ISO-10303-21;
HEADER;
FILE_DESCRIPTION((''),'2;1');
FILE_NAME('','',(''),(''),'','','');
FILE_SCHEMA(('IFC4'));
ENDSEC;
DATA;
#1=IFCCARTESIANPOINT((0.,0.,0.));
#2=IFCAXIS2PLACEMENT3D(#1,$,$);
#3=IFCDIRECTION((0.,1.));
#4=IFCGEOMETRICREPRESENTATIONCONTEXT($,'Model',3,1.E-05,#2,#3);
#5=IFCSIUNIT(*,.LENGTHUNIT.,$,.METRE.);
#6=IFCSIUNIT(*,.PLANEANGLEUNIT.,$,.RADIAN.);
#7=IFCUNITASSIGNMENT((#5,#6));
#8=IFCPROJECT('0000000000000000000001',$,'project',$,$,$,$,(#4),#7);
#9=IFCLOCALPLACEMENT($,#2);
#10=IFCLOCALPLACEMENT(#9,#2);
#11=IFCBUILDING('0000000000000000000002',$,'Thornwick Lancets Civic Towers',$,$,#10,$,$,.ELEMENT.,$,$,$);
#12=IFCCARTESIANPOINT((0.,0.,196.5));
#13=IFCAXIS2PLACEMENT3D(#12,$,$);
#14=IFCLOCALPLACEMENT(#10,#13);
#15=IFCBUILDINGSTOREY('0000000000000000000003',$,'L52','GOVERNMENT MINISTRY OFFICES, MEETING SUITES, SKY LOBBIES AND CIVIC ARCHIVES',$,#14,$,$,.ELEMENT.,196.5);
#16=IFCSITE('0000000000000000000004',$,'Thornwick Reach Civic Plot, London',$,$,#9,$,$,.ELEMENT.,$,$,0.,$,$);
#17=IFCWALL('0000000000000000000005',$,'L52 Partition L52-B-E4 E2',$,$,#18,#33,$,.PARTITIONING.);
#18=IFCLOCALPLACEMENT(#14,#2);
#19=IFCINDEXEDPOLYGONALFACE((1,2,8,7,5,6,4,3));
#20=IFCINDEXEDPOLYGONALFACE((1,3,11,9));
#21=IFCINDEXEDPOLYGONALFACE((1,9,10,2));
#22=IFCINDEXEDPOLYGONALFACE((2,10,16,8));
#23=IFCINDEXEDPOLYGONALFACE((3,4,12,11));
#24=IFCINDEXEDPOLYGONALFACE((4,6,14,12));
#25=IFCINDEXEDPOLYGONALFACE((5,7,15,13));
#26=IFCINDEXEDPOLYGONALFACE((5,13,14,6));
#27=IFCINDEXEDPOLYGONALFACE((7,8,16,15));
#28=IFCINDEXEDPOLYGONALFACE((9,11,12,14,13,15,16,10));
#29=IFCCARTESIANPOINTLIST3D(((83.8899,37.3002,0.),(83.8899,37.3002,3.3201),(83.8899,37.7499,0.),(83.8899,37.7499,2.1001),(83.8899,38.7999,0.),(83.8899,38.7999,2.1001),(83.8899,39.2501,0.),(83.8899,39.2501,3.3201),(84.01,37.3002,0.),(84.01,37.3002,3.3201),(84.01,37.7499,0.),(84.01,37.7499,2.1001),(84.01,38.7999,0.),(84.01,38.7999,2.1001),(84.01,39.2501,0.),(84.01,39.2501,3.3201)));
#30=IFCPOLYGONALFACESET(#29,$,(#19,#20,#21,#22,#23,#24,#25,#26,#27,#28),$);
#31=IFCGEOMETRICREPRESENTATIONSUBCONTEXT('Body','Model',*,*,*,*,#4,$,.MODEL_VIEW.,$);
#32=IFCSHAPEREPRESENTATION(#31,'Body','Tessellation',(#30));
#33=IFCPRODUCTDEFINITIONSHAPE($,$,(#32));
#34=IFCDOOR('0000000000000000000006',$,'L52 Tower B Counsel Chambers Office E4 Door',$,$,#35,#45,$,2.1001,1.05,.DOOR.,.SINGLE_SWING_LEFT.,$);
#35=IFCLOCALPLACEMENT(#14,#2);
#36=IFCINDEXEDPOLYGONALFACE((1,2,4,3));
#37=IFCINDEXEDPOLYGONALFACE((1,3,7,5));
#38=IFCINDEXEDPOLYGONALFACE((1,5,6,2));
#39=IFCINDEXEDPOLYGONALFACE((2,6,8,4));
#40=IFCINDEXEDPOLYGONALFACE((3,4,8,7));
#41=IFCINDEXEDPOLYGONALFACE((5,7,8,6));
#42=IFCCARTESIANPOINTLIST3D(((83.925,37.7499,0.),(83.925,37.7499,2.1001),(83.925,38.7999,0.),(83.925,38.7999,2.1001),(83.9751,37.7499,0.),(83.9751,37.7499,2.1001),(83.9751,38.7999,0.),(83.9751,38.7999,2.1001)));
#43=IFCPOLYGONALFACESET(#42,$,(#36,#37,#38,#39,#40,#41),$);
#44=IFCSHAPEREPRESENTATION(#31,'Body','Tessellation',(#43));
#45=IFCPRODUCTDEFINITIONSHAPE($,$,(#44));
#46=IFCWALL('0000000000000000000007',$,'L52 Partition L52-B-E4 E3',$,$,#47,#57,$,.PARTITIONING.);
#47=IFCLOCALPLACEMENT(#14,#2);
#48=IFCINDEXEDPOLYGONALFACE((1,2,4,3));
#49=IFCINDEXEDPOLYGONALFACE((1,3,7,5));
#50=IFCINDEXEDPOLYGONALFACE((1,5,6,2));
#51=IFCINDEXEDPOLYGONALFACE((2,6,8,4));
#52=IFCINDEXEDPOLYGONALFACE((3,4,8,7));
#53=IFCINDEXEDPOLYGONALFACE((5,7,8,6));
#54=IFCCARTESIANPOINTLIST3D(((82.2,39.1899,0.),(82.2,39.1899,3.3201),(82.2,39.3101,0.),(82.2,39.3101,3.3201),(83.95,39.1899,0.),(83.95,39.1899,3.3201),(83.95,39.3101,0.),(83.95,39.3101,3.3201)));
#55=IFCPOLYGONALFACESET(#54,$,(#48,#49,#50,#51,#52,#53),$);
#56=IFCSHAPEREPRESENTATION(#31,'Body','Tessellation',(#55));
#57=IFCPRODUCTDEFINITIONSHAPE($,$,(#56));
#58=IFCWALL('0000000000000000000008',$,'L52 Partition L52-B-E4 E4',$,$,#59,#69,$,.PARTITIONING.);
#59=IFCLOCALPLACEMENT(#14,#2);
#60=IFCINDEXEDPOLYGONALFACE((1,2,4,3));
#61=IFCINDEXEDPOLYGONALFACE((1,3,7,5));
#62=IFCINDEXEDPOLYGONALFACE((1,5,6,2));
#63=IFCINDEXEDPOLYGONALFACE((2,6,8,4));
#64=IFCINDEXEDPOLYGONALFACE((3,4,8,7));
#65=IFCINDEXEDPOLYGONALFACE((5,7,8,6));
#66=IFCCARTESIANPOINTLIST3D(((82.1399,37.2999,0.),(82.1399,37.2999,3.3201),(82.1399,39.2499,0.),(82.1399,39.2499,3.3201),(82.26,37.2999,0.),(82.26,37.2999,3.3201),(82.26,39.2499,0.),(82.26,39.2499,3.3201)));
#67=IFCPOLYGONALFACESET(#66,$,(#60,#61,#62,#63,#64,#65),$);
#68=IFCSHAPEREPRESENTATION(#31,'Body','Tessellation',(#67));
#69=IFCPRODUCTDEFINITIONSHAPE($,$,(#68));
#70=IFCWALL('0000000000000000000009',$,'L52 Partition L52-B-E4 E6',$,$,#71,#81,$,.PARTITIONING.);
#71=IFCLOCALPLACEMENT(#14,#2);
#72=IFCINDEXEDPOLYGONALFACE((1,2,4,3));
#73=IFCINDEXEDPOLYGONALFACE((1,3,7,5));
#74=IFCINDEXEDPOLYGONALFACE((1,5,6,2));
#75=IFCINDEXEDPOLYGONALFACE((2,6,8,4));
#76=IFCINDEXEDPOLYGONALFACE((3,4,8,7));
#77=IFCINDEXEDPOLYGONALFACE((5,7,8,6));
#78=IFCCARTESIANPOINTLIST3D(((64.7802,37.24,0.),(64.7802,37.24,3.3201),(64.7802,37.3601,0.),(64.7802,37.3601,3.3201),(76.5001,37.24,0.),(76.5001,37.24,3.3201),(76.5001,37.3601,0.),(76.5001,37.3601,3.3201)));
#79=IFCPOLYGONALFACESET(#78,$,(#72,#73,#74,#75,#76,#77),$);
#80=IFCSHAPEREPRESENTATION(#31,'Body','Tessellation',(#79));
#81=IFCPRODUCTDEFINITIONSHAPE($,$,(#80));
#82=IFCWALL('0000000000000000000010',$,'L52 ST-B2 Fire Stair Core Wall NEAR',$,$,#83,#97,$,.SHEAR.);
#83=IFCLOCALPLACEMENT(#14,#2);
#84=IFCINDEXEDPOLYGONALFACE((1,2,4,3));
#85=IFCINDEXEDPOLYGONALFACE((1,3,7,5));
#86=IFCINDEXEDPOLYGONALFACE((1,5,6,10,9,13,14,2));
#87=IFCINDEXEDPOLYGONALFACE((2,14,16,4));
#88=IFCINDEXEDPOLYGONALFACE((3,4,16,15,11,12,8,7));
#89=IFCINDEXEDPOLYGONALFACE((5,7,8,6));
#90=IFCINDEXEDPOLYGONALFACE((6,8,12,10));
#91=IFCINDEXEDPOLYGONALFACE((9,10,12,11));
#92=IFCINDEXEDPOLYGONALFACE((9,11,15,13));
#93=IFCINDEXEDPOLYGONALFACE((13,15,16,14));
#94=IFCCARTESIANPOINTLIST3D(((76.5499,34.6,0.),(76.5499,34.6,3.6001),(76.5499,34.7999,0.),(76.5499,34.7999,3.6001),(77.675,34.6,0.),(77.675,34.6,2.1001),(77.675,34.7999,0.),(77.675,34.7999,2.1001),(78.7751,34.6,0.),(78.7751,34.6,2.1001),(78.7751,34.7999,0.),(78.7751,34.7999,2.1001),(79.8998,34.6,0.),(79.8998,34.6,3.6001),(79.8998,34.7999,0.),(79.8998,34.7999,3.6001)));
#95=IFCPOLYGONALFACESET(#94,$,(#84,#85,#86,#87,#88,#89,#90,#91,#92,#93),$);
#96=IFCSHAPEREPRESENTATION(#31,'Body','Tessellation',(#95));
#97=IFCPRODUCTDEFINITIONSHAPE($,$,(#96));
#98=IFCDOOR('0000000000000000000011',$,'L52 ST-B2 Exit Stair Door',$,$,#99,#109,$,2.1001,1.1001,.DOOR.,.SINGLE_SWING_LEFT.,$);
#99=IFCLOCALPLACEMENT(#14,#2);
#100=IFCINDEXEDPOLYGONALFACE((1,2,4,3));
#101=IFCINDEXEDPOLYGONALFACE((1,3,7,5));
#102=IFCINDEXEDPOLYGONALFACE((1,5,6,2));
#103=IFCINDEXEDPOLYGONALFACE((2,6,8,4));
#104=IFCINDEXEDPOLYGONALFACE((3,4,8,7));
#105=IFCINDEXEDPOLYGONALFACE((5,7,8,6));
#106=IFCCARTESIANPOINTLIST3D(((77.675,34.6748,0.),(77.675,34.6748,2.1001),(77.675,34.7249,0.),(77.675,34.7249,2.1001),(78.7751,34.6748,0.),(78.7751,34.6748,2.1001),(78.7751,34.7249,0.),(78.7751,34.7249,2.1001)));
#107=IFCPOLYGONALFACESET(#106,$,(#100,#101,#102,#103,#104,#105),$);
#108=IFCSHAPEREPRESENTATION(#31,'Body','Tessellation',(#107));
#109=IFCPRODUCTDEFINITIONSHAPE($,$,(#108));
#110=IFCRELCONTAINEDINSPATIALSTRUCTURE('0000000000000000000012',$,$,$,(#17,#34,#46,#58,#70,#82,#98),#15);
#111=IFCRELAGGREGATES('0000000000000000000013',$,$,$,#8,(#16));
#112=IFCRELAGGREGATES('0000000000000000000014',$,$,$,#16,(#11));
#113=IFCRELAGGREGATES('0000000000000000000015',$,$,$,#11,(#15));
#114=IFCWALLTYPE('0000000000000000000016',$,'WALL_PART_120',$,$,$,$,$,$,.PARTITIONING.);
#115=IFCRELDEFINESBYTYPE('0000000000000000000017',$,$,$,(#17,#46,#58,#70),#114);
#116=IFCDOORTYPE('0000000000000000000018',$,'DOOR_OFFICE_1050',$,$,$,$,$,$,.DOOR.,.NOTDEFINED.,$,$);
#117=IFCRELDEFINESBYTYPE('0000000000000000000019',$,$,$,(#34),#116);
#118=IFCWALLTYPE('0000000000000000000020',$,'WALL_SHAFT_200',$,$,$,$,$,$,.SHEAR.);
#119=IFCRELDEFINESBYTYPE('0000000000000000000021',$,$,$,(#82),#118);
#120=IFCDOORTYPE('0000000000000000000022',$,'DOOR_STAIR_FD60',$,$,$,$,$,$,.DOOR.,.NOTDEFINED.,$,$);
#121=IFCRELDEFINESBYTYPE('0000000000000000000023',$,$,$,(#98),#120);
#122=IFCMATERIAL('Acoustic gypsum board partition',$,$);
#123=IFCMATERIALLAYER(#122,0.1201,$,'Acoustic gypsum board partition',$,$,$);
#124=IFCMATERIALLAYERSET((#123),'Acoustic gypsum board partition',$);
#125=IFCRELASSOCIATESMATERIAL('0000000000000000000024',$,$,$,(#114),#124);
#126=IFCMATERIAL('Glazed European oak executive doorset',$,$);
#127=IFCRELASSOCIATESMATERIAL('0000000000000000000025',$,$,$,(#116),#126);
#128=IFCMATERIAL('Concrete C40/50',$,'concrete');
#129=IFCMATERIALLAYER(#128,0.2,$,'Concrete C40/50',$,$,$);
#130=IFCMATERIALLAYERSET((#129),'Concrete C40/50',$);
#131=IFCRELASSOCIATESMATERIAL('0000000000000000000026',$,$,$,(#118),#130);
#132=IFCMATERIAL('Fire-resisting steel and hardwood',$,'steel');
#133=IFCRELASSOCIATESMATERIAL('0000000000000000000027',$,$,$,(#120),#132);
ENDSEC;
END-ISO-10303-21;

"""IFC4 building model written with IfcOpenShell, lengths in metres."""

from ifc_helpers import new_model, si_unit, direction, frame, frame_2d, origin, place, context, subcontext, project, spatial, rectangle, extrude, material, layer, layer_set, type_object, element, fill, save


model = new_model("IFC4")

# Units and contexts
model_context = context("Model", 3, precision=1e-05, world=origin(), true_north=direction((0.0, 1.0)))
body_context = subcontext(model_context, "Body", "Model", "MODEL_VIEW")
ifc_project = project(units=[si_unit("LENGTHUNIT", "METRE"), si_unit("PLANEANGLEUNIT", "RADIAN")], contexts=[model_context])

# Site, building, storey
site_placement = place(None, origin())
site = spatial("IfcSite", under=ifc_project, at=site_placement, Name="Thornwick Reach Civic Plot, London", CompositionType="ELEMENT", RefElevation=0.0)
building_placement = place(site_placement, origin())
building = spatial("IfcBuilding", under=site, at=building_placement, Name="Thornwick Lancets Civic Towers", CompositionType="ELEMENT")
storey_placement = place(building_placement, frame((0.0, 0.0, 196.5)))
storey = spatial("IfcBuildingStorey", under=building, at=storey_placement, Name="L52", Description="GOVERNMENT MINISTRY OFFICES, MEETING SUITES, SKY LOBBIES AND CIVIC ARCHIVES", CompositionType="ELEMENT", Elevation=196.5)

# Shared definitions
ifc_material_1 = material(Name="Acoustic gypsum board partition")
ifc_layer_1 = layer(ifc_material_1, 0.1201, Name="Acoustic gypsum board partition")
ifc_layer_set_1 = layer_set([ifc_layer_1], Name="Acoustic gypsum board partition")
wall_type_1 = type_object("IfcWallType", Name="WALL_PART_120", PredefinedType="PARTITIONING", material=ifc_layer_set_1)

# Wall, opening, door
wall_1_placement = place(storey_placement, frame((83.95, 37.3, 0.0), z_axis=(0.0, 0.0, 1.0), x_axis=(0.0, 1.0, 0.0)))
wall_1 = element("IfcWall", 1, at=wall_1_placement, inside=storey, type_object=wall_type_1, Name="L52 Partition L52-B-E4 E2", PredefinedType="PARTITIONING", context=body_context, shape_type="SweptSolid", body=[
    extrude(rectangle(XDim=1.95, YDim=0.1201, at=frame_2d((0.9751, 0.0))), origin(), (0.0, 0.0, 1.0), 3.3201),
])
opening_1_placement = place(wall_1_placement, frame((0.45, 0.0, 0.0)))
opening_1 = element("IfcOpeningElement", 2, at=opening_1_placement, cuts=wall_1, PredefinedType="OPENING", context=body_context, shape_type="SweptSolid", body=[
    extrude(rectangle(XDim=1.05, YDim=2.1001, at=frame_2d((0.5249, 1.05))), frame((0.0, 0.0701, 0.0), z_axis=(0.0, -1.0, 0.0), x_axis=(1.0, 0.0, 0.0)), (0.0, 0.0, 1.0), 0.1401),
])
ifc_material_2 = material(Name="Glazed European oak executive doorset")
door_type_1 = type_object("IfcDoorType", Name="DOOR_OFFICE_1050", OperationType="NOTDEFINED", PredefinedType="DOOR", material=ifc_material_2)
door_1_placement = place(opening_1_placement, origin())
door_1 = element("IfcDoor", 3, at=door_1_placement, inside=storey, type_object=door_type_1, Name="L52 Tower B Counsel Chambers Office E4 Door", OperationType="SINGLE_SWING_LEFT", OverallHeight=2.1001, OverallWidth=1.05, PredefinedType="DOOR", context=body_context, shape_type="SweptSolid", body=[
    extrude(rectangle(XDim=1.05, YDim=2.1001, at=frame_2d((0.5249, 1.05))), frame((0.0, 0.0249, 0.0), z_axis=(0.0, -1.0, 0.0), x_axis=(1.0, 0.0, 0.0)), (0.0, 0.0, 1.0), 0.05),
])
fill(opening_1, door_1)

# Walls
wall_2_placement = place(storey_placement, frame((83.95, 39.25, 0.0), z_axis=(0.0, 0.0, 1.0), x_axis=(-1.0, 0.0, 0.0)))
element("IfcWall", 4, at=wall_2_placement, inside=storey, type_object=wall_type_1, Name="L52 Partition L52-B-E4 E3", PredefinedType="PARTITIONING", context=body_context, shape_type="SweptSolid", body=[
    extrude(rectangle(XDim=1.75, YDim=0.1201, at=frame_2d((0.875, 0.0))), origin(), (0.0, 0.0, 1.0), 3.3201),
])
wall_3_placement = place(storey_placement, frame((82.2, 39.25, 0.0), z_axis=(0.0, 0.0, 1.0), x_axis=(0.0, -1.0, 0.0)))
element("IfcWall", 5, at=wall_3_placement, inside=storey, type_object=wall_type_1, Name="L52 Partition L52-B-E4 E4", PredefinedType="PARTITIONING", context=body_context, shape_type="SweptSolid", body=[
    extrude(rectangle(XDim=1.95, YDim=0.1201, at=frame_2d((0.9751, 0.0))), origin(), (0.0, 0.0, 1.0), 3.3201),
])
wall_4_placement = place(storey_placement, frame((76.5, 37.3, 0.0), z_axis=(0.0, 0.0, 1.0), x_axis=(-1.0, 0.0, 0.0)))
element("IfcWall", 6, at=wall_4_placement, inside=storey, type_object=wall_type_1, Name="L52 Partition L52-B-E4 E6", PredefinedType="PARTITIONING", context=body_context, shape_type="SweptSolid", body=[
    extrude(rectangle(XDim=11.72, YDim=0.1201, at=frame_2d((5.8599, 0.0))), origin(), (0.0, 0.0, 1.0), 3.3201),
])

# Wall, opening, door
ifc_material_3 = material(Name="Concrete C40/50", Category="concrete")
ifc_layer_2 = layer(ifc_material_3, 0.2, Name="Concrete C40/50")
ifc_layer_set_2 = layer_set([ifc_layer_2], Name="Concrete C40/50")
wall_type_2 = type_object("IfcWallType", Name="WALL_SHAFT_200", PredefinedType="SHEAR", material=ifc_layer_set_2)
wall_5_placement = place(storey_placement, frame((76.55, 34.7, 0.0), z_axis=(0.0, 0.0, 1.0), x_axis=(1.0, 0.0, 0.0)))
wall_5 = element("IfcWall", 7, at=wall_5_placement, inside=storey, type_object=wall_type_2, Name="L52 ST-B2 Fire Stair Core Wall NEAR", PredefinedType="SHEAR", context=body_context, shape_type="SweptSolid", body=[
    extrude(rectangle(XDim=3.3499, YDim=0.2, at=frame_2d((1.6748, 0.0))), origin(), (0.0, 0.0, 1.0), 3.6001),
])
opening_2_placement = place(wall_5_placement, frame((1.125, 0.0, 0.0)))
opening_2 = element("IfcOpeningElement", 8, at=opening_2_placement, cuts=wall_5, PredefinedType="OPENING", context=body_context, shape_type="SweptSolid", body=[
    extrude(rectangle(XDim=1.1001, YDim=2.1001, at=frame_2d((0.55, 1.05))), frame((0.0, 0.1099, 0.0), z_axis=(0.0, -1.0, 0.0), x_axis=(1.0, 0.0, 0.0)), (0.0, 0.0, 1.0), 0.22),
])
ifc_material_4 = material(Name="Fire-resisting steel and hardwood", Category="steel")
door_type_2 = type_object("IfcDoorType", Name="DOOR_STAIR_FD60", OperationType="NOTDEFINED", PredefinedType="DOOR", material=ifc_material_4)
door_2_placement = place(opening_2_placement, origin())
door_2 = element("IfcDoor", 9, at=door_2_placement, inside=storey, type_object=door_type_2, Name="L52 ST-B2 Exit Stair Door", OperationType="SINGLE_SWING_LEFT", OverallHeight=2.1001, OverallWidth=1.1001, PredefinedType="DOOR", context=body_context, shape_type="SweptSolid", body=[
    extrude(rectangle(XDim=1.1001, YDim=2.1001, at=frame_2d((0.55, 1.05))), frame((0.0, 0.0249, 0.0), z_axis=(0.0, -1.0, 0.0), x_axis=(1.0, 0.0, 0.0)), (0.0, 0.0, 1.0), 0.05),
])
fill(opening_2, door_2)

save(model, "model.ifc")
